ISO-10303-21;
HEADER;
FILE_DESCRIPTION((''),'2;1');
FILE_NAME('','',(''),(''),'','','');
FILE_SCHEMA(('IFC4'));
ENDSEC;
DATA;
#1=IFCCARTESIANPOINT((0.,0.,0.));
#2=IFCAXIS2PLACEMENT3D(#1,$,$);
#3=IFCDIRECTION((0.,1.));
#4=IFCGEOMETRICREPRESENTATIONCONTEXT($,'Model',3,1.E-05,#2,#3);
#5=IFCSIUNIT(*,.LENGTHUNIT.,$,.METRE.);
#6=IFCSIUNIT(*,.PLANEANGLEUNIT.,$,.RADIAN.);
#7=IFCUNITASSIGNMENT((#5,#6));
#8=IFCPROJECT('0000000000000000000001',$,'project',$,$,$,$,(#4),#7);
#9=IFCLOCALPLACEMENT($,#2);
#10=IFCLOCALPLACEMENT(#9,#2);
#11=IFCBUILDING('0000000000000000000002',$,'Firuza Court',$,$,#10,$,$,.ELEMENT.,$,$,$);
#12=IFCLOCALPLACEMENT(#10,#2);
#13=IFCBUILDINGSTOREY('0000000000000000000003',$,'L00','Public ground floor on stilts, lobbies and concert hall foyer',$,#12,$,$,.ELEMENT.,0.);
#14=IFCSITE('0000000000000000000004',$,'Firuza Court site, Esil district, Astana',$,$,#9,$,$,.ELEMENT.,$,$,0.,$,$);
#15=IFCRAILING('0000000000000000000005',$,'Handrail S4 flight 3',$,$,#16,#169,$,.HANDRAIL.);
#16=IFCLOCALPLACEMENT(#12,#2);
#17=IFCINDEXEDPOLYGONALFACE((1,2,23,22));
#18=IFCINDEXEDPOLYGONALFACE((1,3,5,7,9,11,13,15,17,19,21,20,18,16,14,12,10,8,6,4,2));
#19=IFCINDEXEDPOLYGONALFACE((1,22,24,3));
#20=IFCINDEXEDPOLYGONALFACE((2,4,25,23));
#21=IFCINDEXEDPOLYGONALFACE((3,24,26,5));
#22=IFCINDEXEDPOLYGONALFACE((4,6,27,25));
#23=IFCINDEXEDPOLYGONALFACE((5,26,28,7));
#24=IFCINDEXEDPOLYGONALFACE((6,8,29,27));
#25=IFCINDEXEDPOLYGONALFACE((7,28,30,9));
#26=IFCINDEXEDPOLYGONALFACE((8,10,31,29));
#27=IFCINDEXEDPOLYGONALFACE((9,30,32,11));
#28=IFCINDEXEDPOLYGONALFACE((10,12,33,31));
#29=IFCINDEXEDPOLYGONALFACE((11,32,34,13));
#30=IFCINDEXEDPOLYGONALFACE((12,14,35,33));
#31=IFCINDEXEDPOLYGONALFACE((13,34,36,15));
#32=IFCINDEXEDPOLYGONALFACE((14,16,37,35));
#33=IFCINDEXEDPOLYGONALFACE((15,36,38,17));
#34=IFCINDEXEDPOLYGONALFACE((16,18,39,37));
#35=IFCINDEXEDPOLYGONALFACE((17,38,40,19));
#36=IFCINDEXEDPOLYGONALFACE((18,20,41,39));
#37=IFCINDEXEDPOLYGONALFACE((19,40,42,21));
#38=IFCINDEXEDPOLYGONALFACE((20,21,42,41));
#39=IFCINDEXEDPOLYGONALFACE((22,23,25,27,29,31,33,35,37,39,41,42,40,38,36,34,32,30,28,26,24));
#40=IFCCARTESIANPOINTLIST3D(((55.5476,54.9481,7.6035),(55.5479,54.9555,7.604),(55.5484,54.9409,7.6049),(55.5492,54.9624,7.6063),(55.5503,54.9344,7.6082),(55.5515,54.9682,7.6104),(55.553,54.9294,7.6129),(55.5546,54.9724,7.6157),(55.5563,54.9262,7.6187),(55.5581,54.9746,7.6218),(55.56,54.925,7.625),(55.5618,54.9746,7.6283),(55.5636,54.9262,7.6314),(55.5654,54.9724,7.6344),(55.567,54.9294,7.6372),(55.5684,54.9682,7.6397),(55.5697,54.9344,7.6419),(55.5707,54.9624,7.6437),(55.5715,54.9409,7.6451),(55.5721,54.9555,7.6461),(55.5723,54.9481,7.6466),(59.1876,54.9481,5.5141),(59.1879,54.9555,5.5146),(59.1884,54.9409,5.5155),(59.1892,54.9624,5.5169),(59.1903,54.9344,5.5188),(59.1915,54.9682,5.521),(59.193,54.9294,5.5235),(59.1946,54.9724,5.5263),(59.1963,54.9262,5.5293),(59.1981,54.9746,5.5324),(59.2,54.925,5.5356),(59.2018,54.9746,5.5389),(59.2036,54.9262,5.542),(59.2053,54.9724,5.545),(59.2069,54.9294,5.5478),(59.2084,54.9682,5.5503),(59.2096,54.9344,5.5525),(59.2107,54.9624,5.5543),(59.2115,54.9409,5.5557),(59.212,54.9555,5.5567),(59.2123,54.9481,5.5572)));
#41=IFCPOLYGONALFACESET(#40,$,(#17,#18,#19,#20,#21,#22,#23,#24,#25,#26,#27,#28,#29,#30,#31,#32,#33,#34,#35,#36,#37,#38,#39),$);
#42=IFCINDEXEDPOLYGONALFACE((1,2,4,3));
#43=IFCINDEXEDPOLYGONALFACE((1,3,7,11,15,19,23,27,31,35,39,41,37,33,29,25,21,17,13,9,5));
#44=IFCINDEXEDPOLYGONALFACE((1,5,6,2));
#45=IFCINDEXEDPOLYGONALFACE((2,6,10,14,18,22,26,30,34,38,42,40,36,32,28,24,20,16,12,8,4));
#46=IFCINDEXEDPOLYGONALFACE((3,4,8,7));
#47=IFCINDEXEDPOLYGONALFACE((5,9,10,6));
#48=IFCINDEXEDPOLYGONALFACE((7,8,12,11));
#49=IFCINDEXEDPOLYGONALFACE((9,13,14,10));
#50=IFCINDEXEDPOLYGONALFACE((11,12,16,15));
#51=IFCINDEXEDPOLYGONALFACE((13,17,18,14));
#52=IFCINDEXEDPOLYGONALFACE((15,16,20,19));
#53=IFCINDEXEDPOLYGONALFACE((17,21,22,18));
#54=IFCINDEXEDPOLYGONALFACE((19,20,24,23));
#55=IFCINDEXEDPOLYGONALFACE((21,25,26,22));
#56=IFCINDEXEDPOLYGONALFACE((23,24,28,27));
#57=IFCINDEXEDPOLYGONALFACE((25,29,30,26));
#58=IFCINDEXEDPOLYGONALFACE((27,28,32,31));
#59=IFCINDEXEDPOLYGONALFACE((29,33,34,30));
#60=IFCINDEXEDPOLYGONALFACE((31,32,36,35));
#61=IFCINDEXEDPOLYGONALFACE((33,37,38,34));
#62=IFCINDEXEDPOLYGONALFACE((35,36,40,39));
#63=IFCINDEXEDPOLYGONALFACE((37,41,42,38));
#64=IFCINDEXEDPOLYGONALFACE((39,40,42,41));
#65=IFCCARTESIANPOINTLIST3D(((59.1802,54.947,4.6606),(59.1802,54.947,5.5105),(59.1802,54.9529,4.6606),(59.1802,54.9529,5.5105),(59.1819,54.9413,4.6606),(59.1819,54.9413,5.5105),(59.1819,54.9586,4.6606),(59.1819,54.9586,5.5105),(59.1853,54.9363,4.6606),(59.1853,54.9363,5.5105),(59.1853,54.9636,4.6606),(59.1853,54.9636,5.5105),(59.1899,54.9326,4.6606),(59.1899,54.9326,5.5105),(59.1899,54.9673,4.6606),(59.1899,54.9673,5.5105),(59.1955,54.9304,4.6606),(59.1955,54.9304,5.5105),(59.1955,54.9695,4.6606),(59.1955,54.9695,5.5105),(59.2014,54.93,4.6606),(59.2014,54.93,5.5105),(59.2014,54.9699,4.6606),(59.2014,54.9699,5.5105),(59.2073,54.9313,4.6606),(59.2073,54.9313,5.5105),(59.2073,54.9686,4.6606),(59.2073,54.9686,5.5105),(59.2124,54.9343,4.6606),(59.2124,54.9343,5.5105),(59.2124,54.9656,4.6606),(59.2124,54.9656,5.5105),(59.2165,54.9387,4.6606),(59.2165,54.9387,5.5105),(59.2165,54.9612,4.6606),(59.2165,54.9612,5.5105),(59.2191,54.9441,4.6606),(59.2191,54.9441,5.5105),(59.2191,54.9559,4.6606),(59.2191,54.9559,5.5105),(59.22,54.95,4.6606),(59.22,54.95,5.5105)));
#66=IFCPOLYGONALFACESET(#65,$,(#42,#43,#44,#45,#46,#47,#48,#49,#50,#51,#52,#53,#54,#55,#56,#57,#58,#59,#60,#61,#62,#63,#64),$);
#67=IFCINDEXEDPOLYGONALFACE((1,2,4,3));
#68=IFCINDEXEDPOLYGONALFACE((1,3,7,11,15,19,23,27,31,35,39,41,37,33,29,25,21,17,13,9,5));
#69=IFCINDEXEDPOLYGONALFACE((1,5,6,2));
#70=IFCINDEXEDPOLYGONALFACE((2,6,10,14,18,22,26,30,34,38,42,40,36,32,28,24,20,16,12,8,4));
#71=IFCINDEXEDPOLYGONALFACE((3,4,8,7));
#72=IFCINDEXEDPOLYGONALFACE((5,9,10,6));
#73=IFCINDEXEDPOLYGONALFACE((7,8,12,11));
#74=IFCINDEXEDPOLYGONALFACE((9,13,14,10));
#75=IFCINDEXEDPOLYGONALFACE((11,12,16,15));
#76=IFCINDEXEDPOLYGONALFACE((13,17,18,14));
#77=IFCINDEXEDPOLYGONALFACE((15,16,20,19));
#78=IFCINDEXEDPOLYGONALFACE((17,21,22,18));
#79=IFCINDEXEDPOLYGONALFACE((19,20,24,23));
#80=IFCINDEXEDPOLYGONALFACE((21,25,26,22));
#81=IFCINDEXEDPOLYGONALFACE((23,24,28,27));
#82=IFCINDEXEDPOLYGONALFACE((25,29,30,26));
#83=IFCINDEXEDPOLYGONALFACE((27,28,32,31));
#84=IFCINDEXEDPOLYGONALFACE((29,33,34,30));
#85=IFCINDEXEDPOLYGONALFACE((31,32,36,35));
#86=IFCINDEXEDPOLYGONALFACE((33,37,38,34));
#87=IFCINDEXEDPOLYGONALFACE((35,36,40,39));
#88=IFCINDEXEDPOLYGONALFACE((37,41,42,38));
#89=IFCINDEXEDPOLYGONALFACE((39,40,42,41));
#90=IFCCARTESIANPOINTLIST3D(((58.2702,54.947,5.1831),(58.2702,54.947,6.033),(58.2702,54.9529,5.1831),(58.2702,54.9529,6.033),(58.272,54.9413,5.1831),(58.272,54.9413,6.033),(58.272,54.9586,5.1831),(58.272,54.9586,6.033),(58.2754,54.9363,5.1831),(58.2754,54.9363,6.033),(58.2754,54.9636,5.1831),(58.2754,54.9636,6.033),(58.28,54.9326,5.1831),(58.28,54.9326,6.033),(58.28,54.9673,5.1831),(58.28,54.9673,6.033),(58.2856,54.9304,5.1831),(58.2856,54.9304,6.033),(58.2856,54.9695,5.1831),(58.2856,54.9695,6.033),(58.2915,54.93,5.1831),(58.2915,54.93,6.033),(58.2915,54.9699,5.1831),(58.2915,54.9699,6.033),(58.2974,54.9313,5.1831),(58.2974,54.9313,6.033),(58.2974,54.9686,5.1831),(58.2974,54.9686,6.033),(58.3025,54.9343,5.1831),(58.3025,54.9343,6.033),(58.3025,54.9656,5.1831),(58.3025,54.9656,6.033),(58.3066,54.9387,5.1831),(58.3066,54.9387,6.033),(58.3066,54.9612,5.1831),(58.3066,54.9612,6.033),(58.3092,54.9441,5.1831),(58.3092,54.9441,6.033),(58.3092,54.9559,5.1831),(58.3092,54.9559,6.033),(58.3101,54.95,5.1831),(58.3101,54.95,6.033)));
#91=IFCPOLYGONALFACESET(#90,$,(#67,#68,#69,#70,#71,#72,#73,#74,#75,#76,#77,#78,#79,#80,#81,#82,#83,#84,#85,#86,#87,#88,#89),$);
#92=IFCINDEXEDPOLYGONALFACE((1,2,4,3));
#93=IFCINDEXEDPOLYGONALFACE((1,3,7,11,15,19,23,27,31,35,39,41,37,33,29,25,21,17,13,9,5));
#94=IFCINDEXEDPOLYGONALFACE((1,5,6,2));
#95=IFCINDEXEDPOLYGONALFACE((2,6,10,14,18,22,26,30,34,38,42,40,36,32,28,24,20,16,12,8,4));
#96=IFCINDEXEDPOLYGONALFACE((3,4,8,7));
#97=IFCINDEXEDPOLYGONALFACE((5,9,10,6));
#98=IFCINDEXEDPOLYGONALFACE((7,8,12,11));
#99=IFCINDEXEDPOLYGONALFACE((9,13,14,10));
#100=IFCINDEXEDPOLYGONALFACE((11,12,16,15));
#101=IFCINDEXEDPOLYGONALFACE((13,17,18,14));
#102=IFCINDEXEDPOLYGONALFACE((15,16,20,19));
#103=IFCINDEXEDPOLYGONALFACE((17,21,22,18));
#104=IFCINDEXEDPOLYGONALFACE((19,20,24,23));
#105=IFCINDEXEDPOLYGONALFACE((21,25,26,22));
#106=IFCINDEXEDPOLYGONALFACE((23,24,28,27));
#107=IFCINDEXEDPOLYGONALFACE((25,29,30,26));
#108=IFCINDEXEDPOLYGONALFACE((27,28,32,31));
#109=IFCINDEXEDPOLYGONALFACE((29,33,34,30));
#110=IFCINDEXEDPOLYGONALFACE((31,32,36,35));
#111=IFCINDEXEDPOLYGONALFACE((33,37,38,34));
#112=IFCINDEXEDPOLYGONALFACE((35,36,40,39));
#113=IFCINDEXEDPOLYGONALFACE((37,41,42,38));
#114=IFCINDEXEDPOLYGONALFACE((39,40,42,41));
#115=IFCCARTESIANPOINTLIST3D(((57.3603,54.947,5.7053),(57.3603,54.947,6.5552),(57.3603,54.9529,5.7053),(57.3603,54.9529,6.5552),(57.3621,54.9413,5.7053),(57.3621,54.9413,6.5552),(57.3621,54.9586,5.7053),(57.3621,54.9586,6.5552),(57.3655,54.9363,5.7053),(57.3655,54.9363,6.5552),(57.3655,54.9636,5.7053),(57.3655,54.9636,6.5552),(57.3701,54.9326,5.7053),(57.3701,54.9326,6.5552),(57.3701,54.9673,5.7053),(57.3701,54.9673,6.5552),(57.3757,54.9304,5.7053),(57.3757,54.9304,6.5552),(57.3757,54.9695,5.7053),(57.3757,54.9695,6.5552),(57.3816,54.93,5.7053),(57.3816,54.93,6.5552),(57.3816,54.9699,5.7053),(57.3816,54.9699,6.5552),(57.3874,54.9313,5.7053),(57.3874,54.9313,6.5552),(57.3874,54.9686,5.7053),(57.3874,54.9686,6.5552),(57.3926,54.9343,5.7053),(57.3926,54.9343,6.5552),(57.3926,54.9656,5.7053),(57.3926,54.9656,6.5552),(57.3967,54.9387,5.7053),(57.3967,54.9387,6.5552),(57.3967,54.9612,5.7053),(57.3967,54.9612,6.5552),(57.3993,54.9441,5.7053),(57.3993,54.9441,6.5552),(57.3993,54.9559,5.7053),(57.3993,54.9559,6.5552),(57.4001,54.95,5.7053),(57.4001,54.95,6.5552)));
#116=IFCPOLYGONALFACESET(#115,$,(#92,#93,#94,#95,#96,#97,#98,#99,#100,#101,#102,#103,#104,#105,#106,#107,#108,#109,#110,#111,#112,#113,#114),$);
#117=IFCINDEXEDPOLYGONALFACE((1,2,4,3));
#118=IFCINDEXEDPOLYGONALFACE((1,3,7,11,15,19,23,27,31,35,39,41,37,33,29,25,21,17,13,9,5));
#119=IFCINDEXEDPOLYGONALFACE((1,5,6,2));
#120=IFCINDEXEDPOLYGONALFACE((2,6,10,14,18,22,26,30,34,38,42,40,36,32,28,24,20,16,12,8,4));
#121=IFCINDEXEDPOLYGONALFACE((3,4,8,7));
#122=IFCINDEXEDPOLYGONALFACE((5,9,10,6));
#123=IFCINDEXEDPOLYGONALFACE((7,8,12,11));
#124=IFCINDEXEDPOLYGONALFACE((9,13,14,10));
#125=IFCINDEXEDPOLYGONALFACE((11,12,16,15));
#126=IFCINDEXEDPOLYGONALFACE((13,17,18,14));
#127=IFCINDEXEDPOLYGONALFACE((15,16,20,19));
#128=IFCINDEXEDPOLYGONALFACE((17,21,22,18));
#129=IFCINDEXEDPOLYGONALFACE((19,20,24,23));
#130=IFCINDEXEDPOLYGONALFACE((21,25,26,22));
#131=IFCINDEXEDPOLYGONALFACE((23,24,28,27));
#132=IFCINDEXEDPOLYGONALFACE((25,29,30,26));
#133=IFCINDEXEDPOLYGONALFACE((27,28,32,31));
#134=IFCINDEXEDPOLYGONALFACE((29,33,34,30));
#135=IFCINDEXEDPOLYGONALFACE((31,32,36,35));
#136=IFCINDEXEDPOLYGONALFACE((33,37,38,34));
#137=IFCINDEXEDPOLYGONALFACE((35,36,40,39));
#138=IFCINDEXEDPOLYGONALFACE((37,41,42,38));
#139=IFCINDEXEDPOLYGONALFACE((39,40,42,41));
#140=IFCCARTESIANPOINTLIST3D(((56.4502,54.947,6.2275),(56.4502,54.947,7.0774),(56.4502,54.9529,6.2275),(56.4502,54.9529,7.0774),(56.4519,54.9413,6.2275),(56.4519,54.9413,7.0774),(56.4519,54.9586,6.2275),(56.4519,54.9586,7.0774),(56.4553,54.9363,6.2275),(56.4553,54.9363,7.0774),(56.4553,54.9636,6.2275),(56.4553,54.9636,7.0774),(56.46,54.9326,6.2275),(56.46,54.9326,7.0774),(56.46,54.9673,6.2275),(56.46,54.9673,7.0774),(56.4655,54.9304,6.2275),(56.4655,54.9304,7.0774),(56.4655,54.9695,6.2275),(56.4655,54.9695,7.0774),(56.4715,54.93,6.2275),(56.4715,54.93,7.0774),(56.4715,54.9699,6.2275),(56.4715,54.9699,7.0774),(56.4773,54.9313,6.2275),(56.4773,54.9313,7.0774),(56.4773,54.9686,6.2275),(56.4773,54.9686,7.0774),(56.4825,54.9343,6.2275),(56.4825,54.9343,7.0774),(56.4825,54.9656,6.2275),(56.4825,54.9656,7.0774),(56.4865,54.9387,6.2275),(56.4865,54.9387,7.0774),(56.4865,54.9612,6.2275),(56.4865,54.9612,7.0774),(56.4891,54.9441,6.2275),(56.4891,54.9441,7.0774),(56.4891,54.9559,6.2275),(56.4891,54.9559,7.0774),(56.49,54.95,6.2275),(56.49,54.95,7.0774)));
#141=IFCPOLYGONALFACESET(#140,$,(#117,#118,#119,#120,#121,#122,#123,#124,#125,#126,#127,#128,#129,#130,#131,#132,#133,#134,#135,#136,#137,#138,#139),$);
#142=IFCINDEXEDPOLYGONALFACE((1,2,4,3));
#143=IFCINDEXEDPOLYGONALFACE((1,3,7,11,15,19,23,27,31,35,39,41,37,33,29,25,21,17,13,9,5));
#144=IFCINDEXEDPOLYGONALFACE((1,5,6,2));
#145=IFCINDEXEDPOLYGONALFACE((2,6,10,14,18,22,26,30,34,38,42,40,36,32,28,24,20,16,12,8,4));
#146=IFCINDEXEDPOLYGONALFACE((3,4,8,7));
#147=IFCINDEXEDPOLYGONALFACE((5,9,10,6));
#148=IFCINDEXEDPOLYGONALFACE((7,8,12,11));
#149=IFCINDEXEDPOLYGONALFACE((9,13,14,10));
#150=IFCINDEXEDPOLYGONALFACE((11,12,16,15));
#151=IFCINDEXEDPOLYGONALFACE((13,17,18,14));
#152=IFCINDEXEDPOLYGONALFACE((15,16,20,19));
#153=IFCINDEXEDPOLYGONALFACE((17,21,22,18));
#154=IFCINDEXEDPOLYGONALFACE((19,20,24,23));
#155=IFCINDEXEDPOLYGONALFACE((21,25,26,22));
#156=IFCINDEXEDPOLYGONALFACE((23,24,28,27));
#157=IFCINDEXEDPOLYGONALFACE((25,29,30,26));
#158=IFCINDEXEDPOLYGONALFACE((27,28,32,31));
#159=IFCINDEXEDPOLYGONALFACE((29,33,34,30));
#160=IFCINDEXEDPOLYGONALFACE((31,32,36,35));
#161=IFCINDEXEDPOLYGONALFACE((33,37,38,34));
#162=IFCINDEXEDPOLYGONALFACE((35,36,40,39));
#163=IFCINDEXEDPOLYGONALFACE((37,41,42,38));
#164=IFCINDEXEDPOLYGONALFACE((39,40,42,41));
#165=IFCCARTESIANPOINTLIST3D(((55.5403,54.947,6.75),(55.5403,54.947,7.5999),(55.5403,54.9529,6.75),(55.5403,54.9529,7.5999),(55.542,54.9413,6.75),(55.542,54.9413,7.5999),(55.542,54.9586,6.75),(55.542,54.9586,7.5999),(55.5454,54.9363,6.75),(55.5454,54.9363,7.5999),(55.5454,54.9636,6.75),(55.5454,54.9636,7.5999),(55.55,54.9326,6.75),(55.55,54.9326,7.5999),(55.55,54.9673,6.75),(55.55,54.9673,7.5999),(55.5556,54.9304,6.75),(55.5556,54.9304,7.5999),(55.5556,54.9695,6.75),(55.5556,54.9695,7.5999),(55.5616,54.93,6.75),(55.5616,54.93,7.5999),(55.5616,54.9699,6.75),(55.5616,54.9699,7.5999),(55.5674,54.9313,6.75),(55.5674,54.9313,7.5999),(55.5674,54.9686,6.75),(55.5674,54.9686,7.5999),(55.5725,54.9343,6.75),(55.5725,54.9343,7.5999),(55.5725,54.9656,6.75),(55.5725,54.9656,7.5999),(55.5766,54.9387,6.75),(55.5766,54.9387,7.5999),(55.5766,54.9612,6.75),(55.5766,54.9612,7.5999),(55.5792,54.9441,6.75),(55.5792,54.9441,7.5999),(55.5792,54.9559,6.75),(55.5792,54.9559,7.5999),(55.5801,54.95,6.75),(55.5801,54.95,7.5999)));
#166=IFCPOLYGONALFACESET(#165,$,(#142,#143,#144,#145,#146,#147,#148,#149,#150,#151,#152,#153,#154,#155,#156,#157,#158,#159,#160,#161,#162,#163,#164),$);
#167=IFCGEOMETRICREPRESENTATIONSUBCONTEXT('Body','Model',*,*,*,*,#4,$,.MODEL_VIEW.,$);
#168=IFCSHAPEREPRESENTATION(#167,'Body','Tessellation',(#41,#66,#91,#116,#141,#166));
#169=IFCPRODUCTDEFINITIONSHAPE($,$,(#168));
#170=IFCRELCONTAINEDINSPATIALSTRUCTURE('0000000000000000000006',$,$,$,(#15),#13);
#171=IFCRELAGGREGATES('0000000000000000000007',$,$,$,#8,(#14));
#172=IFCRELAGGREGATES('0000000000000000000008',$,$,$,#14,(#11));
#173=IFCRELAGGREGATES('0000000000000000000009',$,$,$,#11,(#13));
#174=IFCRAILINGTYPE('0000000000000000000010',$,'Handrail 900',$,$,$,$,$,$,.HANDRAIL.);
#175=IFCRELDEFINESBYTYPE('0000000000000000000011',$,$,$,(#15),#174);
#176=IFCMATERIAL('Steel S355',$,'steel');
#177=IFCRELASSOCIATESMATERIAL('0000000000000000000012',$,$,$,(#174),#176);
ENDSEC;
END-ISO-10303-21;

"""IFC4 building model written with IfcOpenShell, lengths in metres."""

from ifc_helpers import new_model, si_unit, direction, frame, origin, origin_2d, place, context, subcontext, project, spatial, circle, extrude, material, type_object, element, save


model = new_model("IFC4")

# Units and contexts
model_context = context("Model", 3, precision=1e-05, world=origin(), true_north=direction((0.0, 1.0)))
body_context = subcontext(model_context, "Body", "Model", "MODEL_VIEW")
ifc_project = project(units=[si_unit("LENGTHUNIT", "METRE"), si_unit("PLANEANGLEUNIT", "RADIAN")], contexts=[model_context])

# Site, building, storey
site_placement = place(None, origin())
site = spatial("IfcSite", under=ifc_project, at=site_placement, Name="Firuza Court site, Esil district, Astana", CompositionType="ELEMENT", RefElevation=0.0)
building_placement = place(site_placement, origin())
building = spatial("IfcBuilding", under=site, at=building_placement, Name="Firuza Court", CompositionType="ELEMENT")
storey_placement = place(building_placement, origin())
storey = spatial("IfcBuildingStorey", under=building, at=storey_placement, Name="L00", Description="Public ground floor on stilts, lobbies and concert hall foyer", CompositionType="ELEMENT", Elevation=0.0)

# Railing
ifc_material_1 = material(Name="Steel S355", Category="steel")
railing_type_1 = type_object("IfcRailingType", Name="Handrail 900", PredefinedType="HANDRAIL", material=ifc_material_1)
railing_1_placement = place(storey_placement, frame((59.2, 54.95, 4.6606)))
element("IfcRailing", 1, at=railing_1_placement, inside=storey, type_object=railing_type_1, Name="Handrail S4 flight 3", PredefinedType="HANDRAIL", context=body_context, shape_type="SweptSolid", body=[
    extrude(circle(Radius=0.0249, at=origin_2d()), frame((0.0, 0.0, 0.875), z_axis=(-0.867275, 0.0, 0.497829), x_axis=(0.0, -1.0, 0.0)), (0.0, 0.0, 1.0), 4.197),
    extrude(circle(Radius=0.02, at=origin_2d()), origin(), (0.0, 0.0, 1.0), 0.8499),
    extrude(circle(Radius=0.02, at=origin_2d()), frame((-0.9099, 0.0, 0.5225)), (0.0, 0.0, 1.0), 0.8499),
    extrude(circle(Radius=0.02, at=origin_2d()), frame((-1.8198, 0.0, 1.0447)), (0.0, 0.0, 1.0), 0.8499),
    extrude(circle(Radius=0.02, at=origin_2d()), frame((-2.73, 0.0, 1.5669)), (0.0, 0.0, 1.0), 0.8499),
    extrude(circle(Radius=0.02, at=origin_2d()), frame((-3.6399, 0.0, 2.0894)), (0.0, 0.0, 1.0), 0.8499),
])

save(model, "model.ifc")
